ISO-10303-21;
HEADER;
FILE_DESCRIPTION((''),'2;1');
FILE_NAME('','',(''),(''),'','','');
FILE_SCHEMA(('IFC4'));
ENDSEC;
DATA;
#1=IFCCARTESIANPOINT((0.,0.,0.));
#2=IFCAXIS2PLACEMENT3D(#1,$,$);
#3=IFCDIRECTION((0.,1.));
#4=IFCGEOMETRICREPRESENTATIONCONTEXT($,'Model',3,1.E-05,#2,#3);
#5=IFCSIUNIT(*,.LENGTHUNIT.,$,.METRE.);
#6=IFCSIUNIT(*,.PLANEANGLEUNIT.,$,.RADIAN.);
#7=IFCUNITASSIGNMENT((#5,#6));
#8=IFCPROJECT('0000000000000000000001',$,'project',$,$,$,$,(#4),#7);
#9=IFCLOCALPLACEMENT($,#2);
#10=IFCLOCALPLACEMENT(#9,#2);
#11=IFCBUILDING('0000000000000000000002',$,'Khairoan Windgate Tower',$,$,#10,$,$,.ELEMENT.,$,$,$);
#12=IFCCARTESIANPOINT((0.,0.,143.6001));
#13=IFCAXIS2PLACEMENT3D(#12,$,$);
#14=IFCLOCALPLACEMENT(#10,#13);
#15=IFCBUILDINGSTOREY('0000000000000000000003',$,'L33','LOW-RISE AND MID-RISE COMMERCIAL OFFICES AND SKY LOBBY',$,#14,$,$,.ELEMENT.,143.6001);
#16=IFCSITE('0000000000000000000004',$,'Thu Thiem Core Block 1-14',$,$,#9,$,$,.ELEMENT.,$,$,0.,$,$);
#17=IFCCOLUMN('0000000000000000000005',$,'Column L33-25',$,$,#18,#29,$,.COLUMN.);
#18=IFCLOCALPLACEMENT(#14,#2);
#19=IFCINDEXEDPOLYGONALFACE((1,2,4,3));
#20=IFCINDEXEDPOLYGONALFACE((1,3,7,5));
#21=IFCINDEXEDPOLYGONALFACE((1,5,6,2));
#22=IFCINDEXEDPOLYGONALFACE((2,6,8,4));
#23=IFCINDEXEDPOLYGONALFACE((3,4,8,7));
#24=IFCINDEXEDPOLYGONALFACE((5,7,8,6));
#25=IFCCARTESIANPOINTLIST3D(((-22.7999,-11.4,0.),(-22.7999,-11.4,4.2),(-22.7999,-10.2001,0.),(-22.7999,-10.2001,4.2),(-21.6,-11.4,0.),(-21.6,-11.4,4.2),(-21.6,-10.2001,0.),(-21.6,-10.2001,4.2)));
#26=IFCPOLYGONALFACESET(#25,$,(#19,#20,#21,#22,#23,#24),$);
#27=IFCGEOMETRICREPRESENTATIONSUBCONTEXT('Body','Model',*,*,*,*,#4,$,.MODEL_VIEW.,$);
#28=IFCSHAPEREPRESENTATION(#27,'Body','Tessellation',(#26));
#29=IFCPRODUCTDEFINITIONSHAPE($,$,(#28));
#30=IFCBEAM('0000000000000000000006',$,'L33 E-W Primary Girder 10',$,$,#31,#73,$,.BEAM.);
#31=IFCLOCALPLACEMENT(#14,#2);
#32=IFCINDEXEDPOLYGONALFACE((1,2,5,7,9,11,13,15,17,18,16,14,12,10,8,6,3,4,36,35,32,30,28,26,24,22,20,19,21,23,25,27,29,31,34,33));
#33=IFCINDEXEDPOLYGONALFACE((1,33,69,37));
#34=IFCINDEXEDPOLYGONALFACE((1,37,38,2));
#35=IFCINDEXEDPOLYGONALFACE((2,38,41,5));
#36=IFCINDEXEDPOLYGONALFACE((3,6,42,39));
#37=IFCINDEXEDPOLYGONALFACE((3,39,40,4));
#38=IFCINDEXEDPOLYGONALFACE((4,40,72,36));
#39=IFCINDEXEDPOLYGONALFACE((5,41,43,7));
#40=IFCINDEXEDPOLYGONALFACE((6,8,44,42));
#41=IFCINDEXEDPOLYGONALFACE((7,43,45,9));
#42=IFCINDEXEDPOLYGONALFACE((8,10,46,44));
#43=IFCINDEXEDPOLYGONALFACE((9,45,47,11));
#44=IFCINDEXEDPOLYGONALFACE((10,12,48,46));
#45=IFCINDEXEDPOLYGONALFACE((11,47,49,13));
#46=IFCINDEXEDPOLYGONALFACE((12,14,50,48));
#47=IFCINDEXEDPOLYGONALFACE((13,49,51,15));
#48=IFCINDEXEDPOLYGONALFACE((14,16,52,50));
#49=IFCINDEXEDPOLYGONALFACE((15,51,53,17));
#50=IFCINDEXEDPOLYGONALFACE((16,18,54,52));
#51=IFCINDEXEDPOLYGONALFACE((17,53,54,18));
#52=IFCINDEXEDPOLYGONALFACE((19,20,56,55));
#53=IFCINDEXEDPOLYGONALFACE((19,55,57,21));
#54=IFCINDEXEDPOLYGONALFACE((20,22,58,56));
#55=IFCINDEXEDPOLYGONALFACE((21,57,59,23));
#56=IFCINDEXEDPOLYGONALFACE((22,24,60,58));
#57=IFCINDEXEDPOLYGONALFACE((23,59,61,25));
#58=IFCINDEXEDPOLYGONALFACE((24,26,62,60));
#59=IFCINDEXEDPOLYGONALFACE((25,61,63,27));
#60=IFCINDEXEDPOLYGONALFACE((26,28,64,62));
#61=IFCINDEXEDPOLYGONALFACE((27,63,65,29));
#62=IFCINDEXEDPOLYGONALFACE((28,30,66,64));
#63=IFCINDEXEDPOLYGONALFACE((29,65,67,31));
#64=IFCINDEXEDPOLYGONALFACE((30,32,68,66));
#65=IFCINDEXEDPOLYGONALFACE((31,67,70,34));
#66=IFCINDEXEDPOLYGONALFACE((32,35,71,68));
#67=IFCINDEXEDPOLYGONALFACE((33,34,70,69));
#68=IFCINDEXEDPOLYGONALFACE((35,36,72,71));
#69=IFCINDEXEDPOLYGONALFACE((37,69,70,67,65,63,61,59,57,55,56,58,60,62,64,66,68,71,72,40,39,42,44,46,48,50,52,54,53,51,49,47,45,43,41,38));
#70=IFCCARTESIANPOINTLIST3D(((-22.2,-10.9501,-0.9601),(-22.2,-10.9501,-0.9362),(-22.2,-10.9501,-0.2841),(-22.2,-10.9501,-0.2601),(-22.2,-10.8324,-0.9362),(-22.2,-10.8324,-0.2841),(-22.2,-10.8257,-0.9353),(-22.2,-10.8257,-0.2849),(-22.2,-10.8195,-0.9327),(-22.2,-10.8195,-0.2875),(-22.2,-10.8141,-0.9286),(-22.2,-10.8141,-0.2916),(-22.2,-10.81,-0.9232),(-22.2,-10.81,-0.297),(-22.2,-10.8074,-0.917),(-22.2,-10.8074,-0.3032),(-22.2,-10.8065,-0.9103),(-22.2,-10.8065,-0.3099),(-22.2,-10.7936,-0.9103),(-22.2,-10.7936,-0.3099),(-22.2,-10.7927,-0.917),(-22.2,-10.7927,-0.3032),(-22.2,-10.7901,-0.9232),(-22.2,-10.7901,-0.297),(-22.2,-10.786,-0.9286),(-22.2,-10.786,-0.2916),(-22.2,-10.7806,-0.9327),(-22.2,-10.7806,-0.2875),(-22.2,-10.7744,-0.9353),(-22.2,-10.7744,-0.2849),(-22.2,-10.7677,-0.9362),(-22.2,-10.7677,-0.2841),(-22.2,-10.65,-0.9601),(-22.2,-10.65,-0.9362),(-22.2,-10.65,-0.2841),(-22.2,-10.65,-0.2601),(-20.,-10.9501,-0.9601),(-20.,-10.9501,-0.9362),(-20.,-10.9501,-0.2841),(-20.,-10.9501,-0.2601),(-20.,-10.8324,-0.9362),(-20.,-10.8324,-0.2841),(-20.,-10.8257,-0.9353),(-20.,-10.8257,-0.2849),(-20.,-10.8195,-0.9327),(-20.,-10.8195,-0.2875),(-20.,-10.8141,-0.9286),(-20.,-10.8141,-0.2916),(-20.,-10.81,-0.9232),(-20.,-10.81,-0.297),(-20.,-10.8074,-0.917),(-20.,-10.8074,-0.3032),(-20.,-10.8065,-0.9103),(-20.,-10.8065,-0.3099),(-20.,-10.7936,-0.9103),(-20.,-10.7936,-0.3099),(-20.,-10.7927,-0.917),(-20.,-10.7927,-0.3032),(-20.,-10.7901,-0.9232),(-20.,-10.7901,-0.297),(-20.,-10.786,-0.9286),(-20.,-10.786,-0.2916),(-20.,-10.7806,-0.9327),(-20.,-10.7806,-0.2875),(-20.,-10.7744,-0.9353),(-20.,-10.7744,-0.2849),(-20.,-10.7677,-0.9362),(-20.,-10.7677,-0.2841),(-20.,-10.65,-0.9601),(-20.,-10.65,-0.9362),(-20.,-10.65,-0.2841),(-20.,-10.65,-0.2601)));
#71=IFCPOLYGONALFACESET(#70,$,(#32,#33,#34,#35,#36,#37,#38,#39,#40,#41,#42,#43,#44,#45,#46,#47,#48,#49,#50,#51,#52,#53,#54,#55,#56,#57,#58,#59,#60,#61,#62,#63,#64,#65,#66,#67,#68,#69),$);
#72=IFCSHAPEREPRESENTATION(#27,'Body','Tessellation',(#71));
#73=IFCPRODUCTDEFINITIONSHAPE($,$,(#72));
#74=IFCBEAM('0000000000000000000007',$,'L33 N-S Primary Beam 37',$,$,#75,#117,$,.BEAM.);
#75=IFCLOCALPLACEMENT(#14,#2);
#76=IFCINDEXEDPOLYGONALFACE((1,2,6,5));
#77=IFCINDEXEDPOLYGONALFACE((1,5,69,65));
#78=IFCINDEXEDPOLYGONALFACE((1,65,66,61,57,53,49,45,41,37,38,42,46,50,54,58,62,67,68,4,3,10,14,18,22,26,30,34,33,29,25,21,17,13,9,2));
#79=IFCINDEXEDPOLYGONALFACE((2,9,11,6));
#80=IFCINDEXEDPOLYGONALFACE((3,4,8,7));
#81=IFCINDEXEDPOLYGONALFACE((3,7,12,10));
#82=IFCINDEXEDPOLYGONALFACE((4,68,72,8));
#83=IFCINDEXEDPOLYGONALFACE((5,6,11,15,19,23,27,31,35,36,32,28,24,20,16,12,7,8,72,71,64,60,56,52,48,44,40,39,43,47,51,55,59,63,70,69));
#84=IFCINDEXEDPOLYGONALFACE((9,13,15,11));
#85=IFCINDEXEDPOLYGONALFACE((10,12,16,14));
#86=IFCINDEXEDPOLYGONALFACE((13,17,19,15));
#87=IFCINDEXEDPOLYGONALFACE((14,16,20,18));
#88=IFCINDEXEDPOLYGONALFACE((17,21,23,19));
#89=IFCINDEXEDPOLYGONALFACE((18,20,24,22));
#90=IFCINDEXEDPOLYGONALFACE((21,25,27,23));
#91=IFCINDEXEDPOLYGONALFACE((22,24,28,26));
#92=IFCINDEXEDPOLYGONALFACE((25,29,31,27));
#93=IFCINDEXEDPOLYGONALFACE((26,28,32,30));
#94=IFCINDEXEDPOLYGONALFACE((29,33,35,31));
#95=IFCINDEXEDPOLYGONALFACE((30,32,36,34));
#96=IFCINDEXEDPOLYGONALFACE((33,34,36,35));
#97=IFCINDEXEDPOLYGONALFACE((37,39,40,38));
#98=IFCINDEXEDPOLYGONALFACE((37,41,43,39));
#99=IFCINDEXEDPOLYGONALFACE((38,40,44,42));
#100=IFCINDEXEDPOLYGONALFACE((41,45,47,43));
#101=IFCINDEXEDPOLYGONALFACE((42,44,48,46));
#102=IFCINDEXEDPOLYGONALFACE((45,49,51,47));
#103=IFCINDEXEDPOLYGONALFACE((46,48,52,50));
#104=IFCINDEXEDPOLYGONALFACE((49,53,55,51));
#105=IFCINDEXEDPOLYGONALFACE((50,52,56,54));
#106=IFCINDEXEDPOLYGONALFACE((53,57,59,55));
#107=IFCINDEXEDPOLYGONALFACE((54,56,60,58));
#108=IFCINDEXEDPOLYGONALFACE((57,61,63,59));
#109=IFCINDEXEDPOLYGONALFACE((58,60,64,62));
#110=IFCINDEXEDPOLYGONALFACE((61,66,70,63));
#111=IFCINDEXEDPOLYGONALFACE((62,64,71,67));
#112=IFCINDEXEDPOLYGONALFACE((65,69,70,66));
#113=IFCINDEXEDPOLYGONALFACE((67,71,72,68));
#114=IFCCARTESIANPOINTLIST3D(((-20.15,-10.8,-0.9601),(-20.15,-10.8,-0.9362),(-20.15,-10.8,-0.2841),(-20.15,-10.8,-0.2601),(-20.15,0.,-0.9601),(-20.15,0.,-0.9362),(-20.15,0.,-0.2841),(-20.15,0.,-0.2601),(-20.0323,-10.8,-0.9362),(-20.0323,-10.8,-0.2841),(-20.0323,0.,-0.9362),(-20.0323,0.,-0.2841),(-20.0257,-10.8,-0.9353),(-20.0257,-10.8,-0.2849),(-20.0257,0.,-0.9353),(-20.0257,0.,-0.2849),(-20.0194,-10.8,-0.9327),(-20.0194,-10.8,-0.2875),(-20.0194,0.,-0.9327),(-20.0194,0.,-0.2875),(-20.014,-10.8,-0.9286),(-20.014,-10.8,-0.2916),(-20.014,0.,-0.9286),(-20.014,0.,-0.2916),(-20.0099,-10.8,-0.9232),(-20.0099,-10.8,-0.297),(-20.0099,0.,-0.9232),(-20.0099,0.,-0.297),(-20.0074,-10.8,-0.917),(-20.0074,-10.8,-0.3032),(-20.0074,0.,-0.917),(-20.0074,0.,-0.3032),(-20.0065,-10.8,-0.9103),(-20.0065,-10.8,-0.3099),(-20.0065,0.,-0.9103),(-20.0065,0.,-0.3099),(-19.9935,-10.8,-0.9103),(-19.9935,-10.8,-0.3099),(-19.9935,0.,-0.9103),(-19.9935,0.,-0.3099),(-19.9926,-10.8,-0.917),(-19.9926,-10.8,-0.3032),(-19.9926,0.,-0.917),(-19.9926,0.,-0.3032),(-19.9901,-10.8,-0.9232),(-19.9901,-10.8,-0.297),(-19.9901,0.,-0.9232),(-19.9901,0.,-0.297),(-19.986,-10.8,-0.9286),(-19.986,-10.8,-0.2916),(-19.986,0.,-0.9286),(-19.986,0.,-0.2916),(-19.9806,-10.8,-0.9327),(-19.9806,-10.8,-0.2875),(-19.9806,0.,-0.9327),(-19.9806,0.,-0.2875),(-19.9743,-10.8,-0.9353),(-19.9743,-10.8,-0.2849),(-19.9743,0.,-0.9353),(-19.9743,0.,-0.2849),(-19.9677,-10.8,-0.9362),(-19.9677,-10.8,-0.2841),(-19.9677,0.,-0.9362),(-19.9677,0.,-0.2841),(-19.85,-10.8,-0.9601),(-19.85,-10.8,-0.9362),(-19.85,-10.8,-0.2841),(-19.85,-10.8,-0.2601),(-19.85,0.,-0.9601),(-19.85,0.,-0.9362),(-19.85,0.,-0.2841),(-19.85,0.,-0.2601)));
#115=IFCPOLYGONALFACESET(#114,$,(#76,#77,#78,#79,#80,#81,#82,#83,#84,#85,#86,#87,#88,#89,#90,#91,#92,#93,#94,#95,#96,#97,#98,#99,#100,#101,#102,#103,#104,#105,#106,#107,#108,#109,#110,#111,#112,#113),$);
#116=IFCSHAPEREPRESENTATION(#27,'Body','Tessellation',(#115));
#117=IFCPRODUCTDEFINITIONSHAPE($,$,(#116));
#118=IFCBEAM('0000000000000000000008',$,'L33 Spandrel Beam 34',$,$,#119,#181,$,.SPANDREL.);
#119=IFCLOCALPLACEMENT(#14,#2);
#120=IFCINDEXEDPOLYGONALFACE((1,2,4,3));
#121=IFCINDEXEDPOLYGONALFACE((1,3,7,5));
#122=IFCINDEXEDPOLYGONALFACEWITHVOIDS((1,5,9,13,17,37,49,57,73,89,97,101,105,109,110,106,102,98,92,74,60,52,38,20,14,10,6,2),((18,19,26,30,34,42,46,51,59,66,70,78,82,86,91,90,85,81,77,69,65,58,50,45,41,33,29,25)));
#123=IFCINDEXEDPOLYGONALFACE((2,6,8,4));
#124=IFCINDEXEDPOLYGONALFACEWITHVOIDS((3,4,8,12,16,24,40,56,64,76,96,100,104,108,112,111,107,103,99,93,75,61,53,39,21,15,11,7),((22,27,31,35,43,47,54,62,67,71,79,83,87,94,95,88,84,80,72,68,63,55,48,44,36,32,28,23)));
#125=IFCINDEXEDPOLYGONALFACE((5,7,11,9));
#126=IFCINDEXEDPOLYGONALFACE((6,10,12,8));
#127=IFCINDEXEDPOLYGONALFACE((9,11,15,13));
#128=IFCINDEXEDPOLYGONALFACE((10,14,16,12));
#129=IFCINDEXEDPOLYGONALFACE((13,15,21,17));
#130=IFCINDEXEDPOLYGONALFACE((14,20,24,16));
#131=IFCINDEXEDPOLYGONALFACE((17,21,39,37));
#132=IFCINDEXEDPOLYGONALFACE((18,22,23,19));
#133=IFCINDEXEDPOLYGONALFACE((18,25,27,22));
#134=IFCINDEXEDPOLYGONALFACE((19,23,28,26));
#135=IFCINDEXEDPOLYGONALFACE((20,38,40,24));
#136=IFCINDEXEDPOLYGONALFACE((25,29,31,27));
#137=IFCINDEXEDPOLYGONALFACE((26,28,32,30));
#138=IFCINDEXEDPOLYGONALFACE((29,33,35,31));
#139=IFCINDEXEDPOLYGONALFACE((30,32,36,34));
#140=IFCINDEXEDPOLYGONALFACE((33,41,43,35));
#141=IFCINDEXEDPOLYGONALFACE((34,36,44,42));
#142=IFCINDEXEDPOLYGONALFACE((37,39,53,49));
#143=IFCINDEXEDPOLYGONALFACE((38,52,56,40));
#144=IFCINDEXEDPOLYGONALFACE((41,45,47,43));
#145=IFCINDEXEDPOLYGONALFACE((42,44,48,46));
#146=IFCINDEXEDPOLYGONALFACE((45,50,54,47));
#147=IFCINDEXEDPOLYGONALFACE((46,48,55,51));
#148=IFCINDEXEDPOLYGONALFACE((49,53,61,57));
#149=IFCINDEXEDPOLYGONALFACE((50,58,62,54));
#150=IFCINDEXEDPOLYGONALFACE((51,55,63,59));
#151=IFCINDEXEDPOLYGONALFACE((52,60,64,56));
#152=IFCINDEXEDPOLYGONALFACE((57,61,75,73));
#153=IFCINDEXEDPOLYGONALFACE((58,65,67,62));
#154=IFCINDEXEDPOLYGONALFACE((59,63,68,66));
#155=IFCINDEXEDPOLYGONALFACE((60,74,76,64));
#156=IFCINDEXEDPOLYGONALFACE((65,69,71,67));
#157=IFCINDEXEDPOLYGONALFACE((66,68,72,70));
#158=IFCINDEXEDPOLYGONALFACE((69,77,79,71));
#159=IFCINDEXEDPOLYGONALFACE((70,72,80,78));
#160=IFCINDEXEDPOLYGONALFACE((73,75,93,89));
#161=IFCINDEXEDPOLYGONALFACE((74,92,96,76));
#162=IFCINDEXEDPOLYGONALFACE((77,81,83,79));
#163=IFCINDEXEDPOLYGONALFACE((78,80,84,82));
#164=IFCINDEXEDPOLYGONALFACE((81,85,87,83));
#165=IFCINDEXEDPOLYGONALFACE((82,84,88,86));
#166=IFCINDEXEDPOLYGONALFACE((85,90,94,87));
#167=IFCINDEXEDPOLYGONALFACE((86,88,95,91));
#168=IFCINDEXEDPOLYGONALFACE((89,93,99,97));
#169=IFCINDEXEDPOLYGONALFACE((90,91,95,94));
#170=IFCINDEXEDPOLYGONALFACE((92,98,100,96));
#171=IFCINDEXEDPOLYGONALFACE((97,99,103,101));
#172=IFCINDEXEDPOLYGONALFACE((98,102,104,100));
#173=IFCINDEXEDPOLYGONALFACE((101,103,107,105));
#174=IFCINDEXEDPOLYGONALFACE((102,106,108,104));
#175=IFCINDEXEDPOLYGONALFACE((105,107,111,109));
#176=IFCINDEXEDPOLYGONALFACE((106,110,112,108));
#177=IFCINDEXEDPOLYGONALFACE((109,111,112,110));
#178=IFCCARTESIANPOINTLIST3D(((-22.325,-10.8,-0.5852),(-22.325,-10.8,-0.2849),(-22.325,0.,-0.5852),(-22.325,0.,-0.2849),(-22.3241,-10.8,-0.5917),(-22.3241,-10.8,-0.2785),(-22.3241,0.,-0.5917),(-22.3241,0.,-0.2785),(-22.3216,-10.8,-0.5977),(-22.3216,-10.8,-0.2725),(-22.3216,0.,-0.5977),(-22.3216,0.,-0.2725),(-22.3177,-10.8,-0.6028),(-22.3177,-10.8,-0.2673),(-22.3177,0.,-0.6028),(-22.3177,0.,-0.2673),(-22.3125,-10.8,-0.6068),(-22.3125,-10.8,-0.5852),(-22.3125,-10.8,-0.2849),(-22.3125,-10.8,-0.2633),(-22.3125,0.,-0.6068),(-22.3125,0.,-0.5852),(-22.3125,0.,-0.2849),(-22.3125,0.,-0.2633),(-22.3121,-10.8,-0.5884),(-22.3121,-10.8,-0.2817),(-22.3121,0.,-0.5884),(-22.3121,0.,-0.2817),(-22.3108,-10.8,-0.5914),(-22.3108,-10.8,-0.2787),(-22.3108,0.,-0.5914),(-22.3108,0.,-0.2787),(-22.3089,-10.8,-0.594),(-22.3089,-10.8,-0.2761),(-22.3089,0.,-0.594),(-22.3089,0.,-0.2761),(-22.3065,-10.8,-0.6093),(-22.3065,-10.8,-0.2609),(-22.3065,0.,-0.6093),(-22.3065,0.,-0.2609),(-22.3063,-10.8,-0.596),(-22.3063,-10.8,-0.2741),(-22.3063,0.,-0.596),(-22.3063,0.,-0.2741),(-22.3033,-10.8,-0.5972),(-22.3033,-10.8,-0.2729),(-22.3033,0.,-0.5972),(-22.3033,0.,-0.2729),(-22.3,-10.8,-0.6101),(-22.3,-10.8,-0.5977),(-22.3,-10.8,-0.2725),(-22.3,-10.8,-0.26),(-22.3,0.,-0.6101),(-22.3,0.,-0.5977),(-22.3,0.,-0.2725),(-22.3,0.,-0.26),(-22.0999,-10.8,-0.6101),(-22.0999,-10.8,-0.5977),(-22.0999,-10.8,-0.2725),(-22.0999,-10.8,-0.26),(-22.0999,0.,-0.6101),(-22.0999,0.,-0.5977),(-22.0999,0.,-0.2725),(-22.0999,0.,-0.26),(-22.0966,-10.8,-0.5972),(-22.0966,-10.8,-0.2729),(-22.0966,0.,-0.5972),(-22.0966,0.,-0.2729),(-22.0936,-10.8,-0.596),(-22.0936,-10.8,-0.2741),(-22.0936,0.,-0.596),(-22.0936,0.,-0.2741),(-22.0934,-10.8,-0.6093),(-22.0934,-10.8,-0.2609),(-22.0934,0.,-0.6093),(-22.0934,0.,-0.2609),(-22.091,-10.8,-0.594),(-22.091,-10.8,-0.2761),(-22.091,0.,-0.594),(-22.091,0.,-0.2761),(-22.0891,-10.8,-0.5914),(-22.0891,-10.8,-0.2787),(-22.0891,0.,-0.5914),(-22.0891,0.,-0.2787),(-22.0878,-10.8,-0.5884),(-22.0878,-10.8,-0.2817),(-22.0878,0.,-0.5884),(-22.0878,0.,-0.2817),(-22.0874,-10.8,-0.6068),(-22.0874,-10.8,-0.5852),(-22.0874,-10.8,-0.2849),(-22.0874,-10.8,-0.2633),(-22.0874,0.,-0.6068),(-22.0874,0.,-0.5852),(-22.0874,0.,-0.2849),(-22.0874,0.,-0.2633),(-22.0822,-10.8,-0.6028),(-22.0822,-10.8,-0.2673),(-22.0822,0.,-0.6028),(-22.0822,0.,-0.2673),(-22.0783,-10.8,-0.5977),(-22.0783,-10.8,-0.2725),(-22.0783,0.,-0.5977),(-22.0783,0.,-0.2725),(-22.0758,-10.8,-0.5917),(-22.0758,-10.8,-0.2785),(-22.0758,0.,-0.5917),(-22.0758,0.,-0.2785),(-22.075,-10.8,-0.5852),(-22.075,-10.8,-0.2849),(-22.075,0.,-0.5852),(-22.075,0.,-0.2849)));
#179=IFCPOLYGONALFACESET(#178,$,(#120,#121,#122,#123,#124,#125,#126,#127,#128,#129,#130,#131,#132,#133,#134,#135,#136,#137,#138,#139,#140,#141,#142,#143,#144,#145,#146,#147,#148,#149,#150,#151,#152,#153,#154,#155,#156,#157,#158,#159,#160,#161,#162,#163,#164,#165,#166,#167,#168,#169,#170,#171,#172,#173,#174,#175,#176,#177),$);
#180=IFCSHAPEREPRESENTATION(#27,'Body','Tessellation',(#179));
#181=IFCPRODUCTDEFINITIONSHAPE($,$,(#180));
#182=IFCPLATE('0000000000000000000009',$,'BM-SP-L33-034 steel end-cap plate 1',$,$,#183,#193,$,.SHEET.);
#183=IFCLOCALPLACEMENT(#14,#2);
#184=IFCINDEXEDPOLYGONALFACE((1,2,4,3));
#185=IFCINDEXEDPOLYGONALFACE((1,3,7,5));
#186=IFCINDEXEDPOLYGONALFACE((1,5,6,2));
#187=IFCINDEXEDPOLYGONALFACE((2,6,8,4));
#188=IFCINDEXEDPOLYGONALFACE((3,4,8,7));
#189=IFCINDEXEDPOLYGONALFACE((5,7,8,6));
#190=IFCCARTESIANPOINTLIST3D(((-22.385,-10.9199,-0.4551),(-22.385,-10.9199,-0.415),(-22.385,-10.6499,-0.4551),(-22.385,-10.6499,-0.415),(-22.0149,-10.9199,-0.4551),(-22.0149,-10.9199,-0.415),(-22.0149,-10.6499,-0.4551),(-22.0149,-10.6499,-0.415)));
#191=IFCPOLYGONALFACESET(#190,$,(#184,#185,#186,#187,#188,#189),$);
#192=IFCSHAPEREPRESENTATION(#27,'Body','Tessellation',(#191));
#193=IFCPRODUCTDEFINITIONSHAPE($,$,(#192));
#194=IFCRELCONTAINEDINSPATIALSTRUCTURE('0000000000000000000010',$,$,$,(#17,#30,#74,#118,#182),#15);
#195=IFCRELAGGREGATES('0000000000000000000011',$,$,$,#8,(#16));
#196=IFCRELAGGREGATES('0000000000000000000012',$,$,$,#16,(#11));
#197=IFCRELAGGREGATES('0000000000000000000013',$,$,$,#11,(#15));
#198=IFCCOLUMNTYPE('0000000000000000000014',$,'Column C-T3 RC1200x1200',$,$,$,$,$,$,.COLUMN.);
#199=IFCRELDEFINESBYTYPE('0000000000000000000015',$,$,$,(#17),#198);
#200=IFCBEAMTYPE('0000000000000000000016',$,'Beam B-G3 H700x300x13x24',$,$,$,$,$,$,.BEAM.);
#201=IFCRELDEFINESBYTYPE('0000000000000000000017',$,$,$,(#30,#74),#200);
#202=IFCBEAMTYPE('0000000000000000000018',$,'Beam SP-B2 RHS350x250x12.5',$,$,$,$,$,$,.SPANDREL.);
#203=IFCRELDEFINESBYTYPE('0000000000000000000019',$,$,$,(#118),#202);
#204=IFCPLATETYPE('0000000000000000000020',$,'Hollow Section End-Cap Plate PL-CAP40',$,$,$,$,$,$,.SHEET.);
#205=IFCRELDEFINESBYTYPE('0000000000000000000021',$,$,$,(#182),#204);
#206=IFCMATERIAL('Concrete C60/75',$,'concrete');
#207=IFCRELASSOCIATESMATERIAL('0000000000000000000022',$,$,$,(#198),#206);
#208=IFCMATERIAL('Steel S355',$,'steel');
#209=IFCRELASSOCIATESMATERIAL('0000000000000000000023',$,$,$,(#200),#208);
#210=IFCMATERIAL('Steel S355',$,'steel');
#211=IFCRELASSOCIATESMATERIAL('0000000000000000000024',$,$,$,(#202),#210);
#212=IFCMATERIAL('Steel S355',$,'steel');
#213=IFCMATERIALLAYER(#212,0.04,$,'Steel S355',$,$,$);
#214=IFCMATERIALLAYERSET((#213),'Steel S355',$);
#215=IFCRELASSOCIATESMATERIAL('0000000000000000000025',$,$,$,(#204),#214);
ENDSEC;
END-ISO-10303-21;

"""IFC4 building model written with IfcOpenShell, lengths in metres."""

from ifc_helpers import new_model, si_unit, direction, frame, origin, origin_2d, place, context, subcontext, project, spatial, rectangle, hollow_rectangle, i_section, extrude, material, layer, layer_set, material_profile, profile_set, type_object, element, save


model = new_model("IFC4")

# Units and contexts
model_context = context("Model", 3, precision=1e-05, world=origin(), true_north=direction((0.0, 1.0)))
body_context = subcontext(model_context, "Body", "Model", "MODEL_VIEW")
ifc_project = project(units=[si_unit("LENGTHUNIT", "METRE"), si_unit("PLANEANGLEUNIT", "RADIAN")], contexts=[model_context])

# Site, building, storey
site_placement = place(None, origin())
site = spatial("IfcSite", under=ifc_project, at=site_placement, Name="Thu Thiem Core Block 1-14", CompositionType="ELEMENT", RefElevation=0.0)
building_placement = place(site_placement, origin())
building = spatial("IfcBuilding", under=site, at=building_placement, Name="Khairoan Windgate Tower", CompositionType="ELEMENT")
storey_placement = place(building_placement, frame((0.0, 0.0, 143.6001)))
storey = spatial("IfcBuildingStorey", under=building, at=storey_placement, Name="L33", Description="LOW-RISE AND MID-RISE COMMERCIAL OFFICES AND SKY LOBBY", CompositionType="ELEMENT", Elevation=143.6001)

# Column
ifc_material_1 = material(Name="Concrete C60/75", Category="concrete")
ifc_material_profile_1 = material_profile(ifc_material_1, rectangle(XDim=1.2, YDim=1.2, at=origin_2d()))
ifc_profile_set_1 = profile_set([ifc_material_profile_1], Name="Concrete C60/75")
column_type = type_object("IfcColumnType", Name="Column C-T3 RC1200x1200", PredefinedType="COLUMN", material=ifc_profile_set_1)
column_placement = place(storey_placement, frame((-22.2, -10.8, 0.0), z_axis=(0.0, 0.0, 1.0), x_axis=(1.0, 0.0, 0.0)))
element("IfcColumn", 1, at=column_placement, inside=storey, type_object=column_type, Name="Column L33-25", PredefinedType="COLUMN", context=body_context, shape_type="SweptSolid", body=[
    extrude(rectangle(XDim=1.2, YDim=1.2, at=origin_2d()), origin(), (0.0, 0.0, 1.0), 4.2),
])

# Beams
ifc_material_2 = material(Name="Steel S355", Category="steel")
ifc_material_profile_2 = material_profile(ifc_material_2, i_section(OverallWidth=0.3, OverallDepth=0.7, WebThickness=0.0129, FlangeThickness=0.0239, FilletRadius=0.0259, at=origin_2d()))
ifc_profile_set_2 = profile_set([ifc_material_profile_2], Name="Steel S355")
beam_type_1 = type_object("IfcBeamType", Name="Beam B-G3 H700x300x13x24", PredefinedType="BEAM", material=ifc_profile_set_2)
beam_1_placement = place(storey_placement, frame((-22.2, -10.8, -0.6101), z_axis=(1.0, 0.0, 0.0), x_axis=(0.0, 1.0, 0.0)))
element("IfcBeam", 2, at=beam_1_placement, inside=storey, type_object=beam_type_1, Name="L33 E-W Primary Girder 10", PredefinedType="BEAM", context=body_context, shape_type="SweptSolid", body=[
    extrude(i_section(OverallWidth=0.3, OverallDepth=0.7, WebThickness=0.0129, FlangeThickness=0.0239, FilletRadius=0.0259, at=origin_2d()), origin(), (0.0, 0.0, 1.0), 2.2),
])
beam_2_placement = place(storey_placement, frame((-20.0, -10.8, -0.6101), z_axis=(0.0, 1.0, 0.0), x_axis=(-1.0, 0.0, 0.0)))
element("IfcBeam", 3, at=beam_2_placement, inside=storey, type_object=beam_type_1, Name="L33 N-S Primary Beam 37", PredefinedType="BEAM", context=body_context, shape_type="SweptSolid", body=[
    extrude(i_section(OverallWidth=0.3, OverallDepth=0.7, WebThickness=0.0129, FlangeThickness=0.0239, FilletRadius=0.0259, at=origin_2d()), origin(), (0.0, 0.0, 1.0), 10.8),
])
ifc_material_3 = material(Name="Steel S355", Category="steel")
ifc_material_profile_3 = material_profile(ifc_material_3, hollow_rectangle(XDim=0.25, YDim=0.3501, WallThickness=0.0125, InnerFilletRadius=0.0125, OuterFilletRadius=0.0249, at=origin_2d()))
ifc_profile_set_3 = profile_set([ifc_material_profile_3], Name="Steel S355")
beam_type_2 = type_object("IfcBeamType", Name="Beam SP-B2 RHS350x250x12.5", PredefinedType="SPANDREL", material=ifc_profile_set_3)
beam_3_placement = place(storey_placement, frame((-22.2, -10.8, -0.4351), z_axis=(0.0, 1.0, 0.0), x_axis=(-1.0, 0.0, 0.0)))
element("IfcBeam", 4, at=beam_3_placement, inside=storey, type_object=beam_type_2, Name="L33 Spandrel Beam 34", PredefinedType="SPANDREL", context=body_context, shape_type="SweptSolid", body=[
    extrude(hollow_rectangle(XDim=0.25, YDim=0.3501, WallThickness=0.0125, InnerFilletRadius=0.0125, OuterFilletRadius=0.0249, at=origin_2d()), origin(), (0.0, 0.0, 1.0), 10.8),
])

# Plate
ifc_material_4 = material(Name="Steel S355", Category="steel")
ifc_layer_1 = layer(ifc_material_4, 0.04, Name="Steel S355")
ifc_layer_set_1 = layer_set([ifc_layer_1], Name="Steel S355")
plate_type_1 = type_object("IfcPlateType", Name="Hollow Section End-Cap Plate PL-CAP40", PredefinedType="SHEET", material=ifc_layer_set_1)
plate_1_placement = place(storey_placement, frame((-22.2, -10.7849, -0.4551), z_axis=(0.0, 0.0, 1.0), x_axis=(0.0, 1.0, 0.0)))
element("IfcPlate", 5, at=plate_1_placement, inside=storey, type_object=plate_type_1, Name="BM-SP-L33-034 steel end-cap plate 1", PredefinedType="SHEET", context=body_context, shape_type="SweptSolid", body=[
    extrude(rectangle(XDim=0.27, YDim=0.3701, at=origin_2d()), origin(), (0.0, 0.0, 1.0), 0.04),
])

save(model, "model.ifc")
